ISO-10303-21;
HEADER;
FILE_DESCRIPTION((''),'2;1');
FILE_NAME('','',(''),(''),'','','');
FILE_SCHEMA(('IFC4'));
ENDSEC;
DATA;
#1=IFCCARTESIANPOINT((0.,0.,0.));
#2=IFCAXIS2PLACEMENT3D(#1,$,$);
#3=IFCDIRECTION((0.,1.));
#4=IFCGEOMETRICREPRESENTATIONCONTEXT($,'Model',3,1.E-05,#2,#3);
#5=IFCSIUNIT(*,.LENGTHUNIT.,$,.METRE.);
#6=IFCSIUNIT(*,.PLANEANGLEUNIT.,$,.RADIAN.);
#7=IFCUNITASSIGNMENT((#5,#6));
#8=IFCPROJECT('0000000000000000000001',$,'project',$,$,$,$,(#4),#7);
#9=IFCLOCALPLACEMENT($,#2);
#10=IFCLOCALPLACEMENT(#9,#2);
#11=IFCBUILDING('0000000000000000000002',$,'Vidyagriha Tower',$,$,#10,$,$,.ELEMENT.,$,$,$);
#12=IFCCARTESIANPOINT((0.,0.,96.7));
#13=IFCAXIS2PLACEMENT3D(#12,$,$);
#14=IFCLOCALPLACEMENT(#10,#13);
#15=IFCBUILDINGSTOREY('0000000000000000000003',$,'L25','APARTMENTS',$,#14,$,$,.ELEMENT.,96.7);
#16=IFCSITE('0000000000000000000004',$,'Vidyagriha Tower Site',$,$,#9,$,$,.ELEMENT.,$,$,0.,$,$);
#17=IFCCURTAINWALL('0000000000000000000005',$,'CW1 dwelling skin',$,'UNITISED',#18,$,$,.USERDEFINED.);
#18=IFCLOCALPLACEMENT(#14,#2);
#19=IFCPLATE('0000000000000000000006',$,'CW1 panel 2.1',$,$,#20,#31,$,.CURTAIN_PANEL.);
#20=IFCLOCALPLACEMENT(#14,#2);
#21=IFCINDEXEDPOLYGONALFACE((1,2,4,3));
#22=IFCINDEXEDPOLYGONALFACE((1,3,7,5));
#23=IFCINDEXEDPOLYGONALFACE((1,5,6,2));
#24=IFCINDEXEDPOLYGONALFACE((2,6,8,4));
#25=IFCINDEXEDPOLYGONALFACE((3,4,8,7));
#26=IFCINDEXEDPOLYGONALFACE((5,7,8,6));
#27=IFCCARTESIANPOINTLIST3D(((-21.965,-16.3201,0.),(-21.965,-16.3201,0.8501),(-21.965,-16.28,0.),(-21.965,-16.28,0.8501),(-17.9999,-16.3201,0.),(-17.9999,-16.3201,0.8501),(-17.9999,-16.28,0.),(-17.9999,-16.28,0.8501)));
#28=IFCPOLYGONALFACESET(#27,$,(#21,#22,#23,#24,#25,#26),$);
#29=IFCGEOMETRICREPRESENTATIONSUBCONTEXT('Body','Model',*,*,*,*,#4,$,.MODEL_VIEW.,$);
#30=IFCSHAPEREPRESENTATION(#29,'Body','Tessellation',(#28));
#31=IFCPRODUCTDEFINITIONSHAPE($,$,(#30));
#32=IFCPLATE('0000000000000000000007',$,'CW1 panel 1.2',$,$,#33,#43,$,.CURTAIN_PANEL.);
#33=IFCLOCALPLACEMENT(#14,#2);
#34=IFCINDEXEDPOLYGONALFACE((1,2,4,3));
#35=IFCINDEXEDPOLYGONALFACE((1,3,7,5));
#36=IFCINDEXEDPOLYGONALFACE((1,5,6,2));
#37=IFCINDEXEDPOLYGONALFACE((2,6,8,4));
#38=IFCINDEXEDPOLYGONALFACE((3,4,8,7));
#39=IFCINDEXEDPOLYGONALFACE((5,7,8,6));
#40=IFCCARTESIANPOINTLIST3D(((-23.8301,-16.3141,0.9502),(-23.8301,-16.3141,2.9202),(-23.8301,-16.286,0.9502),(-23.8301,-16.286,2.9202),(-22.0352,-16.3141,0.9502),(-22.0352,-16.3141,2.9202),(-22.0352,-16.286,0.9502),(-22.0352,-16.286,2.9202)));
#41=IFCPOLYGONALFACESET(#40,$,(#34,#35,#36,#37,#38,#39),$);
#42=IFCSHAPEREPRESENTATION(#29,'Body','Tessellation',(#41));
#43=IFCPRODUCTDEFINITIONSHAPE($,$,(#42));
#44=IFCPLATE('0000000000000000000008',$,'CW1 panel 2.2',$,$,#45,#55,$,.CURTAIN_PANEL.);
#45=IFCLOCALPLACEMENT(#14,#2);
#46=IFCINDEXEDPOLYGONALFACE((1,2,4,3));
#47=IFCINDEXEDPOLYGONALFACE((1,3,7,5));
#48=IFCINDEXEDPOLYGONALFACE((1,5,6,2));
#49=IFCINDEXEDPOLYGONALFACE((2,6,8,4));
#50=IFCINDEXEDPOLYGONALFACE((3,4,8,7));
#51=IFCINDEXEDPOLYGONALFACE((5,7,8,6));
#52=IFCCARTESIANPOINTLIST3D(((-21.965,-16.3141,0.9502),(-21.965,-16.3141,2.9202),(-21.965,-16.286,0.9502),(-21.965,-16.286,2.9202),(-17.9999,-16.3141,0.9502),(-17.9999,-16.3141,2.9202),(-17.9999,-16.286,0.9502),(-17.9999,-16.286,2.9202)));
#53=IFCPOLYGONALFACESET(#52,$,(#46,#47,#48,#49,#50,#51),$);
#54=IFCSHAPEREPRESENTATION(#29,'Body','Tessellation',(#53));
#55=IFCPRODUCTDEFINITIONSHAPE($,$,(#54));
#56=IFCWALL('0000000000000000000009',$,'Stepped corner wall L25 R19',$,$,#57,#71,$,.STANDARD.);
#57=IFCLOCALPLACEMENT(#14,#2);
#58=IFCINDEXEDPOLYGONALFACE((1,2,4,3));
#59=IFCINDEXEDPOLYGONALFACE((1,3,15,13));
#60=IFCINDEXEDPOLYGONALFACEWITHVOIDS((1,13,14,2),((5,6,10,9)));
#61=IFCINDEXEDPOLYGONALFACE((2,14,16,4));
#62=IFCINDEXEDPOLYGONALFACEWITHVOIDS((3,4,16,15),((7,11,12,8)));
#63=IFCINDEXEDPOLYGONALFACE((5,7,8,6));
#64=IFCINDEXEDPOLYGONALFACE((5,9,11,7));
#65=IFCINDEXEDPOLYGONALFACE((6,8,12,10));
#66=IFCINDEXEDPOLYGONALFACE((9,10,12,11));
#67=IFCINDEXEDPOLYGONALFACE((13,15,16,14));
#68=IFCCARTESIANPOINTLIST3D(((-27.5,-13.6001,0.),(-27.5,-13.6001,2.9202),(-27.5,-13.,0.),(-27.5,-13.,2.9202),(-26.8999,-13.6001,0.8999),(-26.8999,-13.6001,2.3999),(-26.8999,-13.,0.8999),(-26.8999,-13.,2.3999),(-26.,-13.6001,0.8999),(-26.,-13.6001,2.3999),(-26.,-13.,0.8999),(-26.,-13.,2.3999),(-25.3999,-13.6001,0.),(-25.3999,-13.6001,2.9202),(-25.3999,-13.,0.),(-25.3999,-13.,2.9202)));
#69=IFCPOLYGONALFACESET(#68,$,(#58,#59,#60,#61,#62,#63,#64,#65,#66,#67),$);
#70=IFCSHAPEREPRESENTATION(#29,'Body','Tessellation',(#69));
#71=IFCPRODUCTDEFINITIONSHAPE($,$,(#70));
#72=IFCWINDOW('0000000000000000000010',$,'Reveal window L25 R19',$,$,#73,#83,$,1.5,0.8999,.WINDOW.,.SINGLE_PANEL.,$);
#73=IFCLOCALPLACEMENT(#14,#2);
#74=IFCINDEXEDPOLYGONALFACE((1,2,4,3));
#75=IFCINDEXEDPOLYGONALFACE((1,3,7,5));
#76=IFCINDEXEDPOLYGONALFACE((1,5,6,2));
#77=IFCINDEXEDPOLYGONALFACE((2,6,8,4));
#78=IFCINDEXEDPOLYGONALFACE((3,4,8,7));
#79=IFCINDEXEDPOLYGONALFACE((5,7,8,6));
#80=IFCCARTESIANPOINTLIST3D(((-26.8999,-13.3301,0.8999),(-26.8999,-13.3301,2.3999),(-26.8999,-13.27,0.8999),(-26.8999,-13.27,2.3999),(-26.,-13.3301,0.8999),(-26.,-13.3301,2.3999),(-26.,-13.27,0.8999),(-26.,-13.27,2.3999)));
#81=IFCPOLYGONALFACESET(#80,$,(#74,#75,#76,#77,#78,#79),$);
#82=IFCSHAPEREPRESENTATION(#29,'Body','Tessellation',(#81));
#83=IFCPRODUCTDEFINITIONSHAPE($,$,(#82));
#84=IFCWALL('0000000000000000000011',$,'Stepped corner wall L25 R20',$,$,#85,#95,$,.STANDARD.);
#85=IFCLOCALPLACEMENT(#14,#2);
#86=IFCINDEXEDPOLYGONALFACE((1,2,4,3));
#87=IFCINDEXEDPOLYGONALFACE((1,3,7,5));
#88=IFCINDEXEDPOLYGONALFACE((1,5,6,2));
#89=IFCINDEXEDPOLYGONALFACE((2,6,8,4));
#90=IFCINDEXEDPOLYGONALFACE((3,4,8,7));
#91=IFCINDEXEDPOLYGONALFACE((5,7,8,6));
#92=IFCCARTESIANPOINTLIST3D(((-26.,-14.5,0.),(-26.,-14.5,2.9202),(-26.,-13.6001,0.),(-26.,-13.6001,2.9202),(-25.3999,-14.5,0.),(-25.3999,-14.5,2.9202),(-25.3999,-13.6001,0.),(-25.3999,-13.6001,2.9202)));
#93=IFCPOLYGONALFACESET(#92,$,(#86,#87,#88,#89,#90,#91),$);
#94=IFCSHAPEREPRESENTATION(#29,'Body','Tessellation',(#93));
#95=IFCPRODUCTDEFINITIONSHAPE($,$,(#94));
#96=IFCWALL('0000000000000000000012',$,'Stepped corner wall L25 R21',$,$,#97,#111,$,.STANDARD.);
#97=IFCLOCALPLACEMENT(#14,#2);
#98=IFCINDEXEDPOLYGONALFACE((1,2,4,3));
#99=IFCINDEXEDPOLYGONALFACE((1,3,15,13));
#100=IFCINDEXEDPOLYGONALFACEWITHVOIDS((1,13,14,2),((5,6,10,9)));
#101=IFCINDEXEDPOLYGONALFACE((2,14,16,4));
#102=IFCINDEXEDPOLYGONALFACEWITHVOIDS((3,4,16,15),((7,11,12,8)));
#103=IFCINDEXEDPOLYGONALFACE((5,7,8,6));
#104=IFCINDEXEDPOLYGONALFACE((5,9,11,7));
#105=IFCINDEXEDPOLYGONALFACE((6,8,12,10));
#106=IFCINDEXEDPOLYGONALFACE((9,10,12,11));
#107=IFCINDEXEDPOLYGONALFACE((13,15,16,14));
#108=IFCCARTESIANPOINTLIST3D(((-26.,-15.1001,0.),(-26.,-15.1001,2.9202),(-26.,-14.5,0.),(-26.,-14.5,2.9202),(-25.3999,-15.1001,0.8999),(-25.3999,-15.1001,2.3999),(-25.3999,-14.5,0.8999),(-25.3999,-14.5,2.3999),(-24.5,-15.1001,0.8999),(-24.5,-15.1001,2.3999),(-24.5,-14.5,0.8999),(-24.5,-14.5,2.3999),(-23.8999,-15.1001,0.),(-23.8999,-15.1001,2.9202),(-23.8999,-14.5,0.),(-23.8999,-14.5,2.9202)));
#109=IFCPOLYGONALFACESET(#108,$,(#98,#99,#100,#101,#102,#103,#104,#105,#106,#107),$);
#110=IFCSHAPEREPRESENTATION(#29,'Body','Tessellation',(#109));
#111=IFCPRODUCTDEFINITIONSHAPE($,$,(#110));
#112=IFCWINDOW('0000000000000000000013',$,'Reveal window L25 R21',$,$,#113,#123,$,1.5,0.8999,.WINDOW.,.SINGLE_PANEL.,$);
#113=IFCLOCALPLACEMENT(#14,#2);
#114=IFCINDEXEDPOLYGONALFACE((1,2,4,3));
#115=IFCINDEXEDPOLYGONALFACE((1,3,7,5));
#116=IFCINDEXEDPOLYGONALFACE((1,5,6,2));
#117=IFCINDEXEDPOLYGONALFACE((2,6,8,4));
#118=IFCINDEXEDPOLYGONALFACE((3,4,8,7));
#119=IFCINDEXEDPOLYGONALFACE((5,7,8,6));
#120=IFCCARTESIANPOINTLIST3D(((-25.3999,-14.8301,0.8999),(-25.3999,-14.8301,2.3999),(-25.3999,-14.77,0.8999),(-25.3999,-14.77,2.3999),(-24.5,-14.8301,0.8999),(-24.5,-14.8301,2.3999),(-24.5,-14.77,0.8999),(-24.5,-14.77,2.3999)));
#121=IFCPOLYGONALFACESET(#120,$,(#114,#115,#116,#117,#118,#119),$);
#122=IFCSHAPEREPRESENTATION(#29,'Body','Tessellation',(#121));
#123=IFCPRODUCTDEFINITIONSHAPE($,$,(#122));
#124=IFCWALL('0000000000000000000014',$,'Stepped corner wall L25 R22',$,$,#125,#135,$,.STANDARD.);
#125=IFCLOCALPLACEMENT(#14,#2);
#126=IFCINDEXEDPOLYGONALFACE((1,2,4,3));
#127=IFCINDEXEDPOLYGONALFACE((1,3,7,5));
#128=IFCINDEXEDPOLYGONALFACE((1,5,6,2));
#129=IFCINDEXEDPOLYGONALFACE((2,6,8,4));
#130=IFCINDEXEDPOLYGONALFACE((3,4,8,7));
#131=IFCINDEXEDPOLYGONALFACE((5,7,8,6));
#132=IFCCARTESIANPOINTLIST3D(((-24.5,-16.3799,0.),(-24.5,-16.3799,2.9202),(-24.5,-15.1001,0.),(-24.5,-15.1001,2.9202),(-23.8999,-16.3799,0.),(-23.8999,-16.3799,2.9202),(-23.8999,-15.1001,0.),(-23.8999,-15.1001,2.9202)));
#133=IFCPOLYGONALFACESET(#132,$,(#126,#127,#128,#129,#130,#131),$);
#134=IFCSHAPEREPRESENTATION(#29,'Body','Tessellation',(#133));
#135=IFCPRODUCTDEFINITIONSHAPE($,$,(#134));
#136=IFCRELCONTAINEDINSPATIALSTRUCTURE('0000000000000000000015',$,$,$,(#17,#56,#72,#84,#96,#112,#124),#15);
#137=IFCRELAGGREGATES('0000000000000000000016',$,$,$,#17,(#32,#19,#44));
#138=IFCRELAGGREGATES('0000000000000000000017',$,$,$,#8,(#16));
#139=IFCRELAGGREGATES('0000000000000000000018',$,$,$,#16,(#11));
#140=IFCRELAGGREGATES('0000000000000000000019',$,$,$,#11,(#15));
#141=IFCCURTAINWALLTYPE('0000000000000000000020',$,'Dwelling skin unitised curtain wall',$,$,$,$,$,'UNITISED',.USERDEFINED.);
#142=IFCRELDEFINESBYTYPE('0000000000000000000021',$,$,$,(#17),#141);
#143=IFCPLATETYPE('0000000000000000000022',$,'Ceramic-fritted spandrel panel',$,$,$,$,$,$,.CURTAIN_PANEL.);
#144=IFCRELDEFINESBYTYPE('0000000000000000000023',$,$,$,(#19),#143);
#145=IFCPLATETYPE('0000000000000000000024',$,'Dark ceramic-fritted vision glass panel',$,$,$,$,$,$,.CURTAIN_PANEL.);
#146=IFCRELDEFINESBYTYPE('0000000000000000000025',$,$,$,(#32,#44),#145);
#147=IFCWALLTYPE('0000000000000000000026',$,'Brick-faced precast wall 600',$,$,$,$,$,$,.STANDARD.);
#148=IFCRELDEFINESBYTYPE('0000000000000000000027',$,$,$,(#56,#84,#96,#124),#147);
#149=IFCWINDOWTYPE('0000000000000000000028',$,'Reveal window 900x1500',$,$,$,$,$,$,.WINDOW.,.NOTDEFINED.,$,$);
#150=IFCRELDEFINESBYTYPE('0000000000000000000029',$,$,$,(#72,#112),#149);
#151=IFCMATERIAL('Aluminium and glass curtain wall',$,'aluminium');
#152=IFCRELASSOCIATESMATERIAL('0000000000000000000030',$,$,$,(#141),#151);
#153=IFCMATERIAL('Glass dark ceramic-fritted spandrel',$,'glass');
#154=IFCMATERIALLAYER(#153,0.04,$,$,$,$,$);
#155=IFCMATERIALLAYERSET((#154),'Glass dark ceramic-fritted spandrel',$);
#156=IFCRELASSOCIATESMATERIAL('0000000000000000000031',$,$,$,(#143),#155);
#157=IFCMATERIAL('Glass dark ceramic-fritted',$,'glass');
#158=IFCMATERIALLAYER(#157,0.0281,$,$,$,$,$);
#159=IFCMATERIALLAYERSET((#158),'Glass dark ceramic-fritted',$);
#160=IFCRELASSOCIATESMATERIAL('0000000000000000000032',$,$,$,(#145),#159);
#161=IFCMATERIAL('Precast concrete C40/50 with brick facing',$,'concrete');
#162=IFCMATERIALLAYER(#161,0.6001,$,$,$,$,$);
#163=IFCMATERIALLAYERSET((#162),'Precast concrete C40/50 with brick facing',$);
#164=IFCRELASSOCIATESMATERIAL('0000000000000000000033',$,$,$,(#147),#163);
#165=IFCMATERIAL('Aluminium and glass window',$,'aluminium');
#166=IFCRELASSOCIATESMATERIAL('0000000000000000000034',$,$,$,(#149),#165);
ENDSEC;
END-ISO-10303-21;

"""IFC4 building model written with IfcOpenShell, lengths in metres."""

from ifc_helpers import new_model, si_unit, direction, frame, frame_2d, origin, origin_2d, place, context, subcontext, project, spatial, rectangle, extrude, material, layer, layer_set, type_object, element, fill, aggregate, save


model = new_model("IFC4")

# Units and contexts
model_context = context("Model", 3, precision=1e-05, world=origin(), true_north=direction((0.0, 1.0)))
body_context = subcontext(model_context, "Body", "Model", "MODEL_VIEW")
ifc_project = project(units=[si_unit("LENGTHUNIT", "METRE"), si_unit("PLANEANGLEUNIT", "RADIAN")], contexts=[model_context])

# Site, building, storey
site_placement = place(None, origin())
site = spatial("IfcSite", under=ifc_project, at=site_placement, Name="Vidyagriha Tower Site", CompositionType="ELEMENT", RefElevation=0.0)
building_placement = place(site_placement, origin())
building = spatial("IfcBuilding", under=site, at=building_placement, Name="Vidyagriha Tower", CompositionType="ELEMENT")
storey_placement = place(building_placement, frame((0.0, 0.0, 96.7)))
storey = spatial("IfcBuildingStorey", under=building, at=storey_placement, Name="L25", Description="APARTMENTS", CompositionType="ELEMENT", Elevation=96.7)

# Curtain wall, plates
ifc_material_1 = material(Name="Aluminium and glass curtain wall", Category="aluminium")
curtain_wall_type = type_object("IfcCurtainWallType", Name="Dwelling skin unitised curtain wall", ElementType="UNITISED", PredefinedType="USERDEFINED", material=ifc_material_1)
curtain_wall_placement = place(storey_placement, origin())
curtain_wall = element("IfcCurtainWall", 1, at=curtain_wall_placement, inside=storey, type_object=curtain_wall_type, Name="CW1 dwelling skin", ObjectType="UNITISED", PredefinedType="USERDEFINED")
ifc_material_2 = material(Name="Glass dark ceramic-fritted spandrel", Category="glass")
ifc_layer_1 = layer(ifc_material_2, 0.04)
ifc_layer_set_1 = layer_set([ifc_layer_1], Name="Glass dark ceramic-fritted spandrel")
plate_type_1 = type_object("IfcPlateType", Name="Ceramic-fritted spandrel panel", PredefinedType="CURTAIN_PANEL", material=ifc_layer_set_1)
plate_1_placement = place(storey_placement, frame((-19.9824, -16.3, 0.0)))
plate_1 = element("IfcPlate", 2, at=plate_1_placement, type_object=plate_type_1, Name="CW1 panel 2.1", PredefinedType="CURTAIN_PANEL", context=body_context, shape_type="SweptSolid", body=[
    extrude(rectangle(XDim=3.9651, YDim=0.04, at=origin_2d()), origin(), (0.0, 0.0, 1.0), 0.8501),
])
ifc_material_3 = material(Name="Glass dark ceramic-fritted", Category="glass")
ifc_layer_2 = layer(ifc_material_3, 0.0281)
ifc_layer_set_2 = layer_set([ifc_layer_2], Name="Glass dark ceramic-fritted")
plate_type_2 = type_object("IfcPlateType", Name="Dark ceramic-fritted vision glass panel", PredefinedType="CURTAIN_PANEL", material=ifc_layer_set_2)
plate_2_placement = place(storey_placement, frame((-22.9326, -16.3, 0.9502)))
plate_2 = element("IfcPlate", 3, at=plate_2_placement, type_object=plate_type_2, Name="CW1 panel 1.2", PredefinedType="CURTAIN_PANEL", context=body_context, shape_type="SweptSolid", body=[
    extrude(rectangle(XDim=1.7949, YDim=0.0281, at=origin_2d()), origin(), (0.0, 0.0, 1.0), 1.97),
])
plate_3_placement = place(storey_placement, frame((-19.9824, -16.3, 0.9502)))
plate_3 = element("IfcPlate", 4, at=plate_3_placement, type_object=plate_type_2, Name="CW1 panel 2.2", PredefinedType="CURTAIN_PANEL", context=body_context, shape_type="SweptSolid", body=[
    extrude(rectangle(XDim=3.9651, YDim=0.0281, at=origin_2d()), origin(), (0.0, 0.0, 1.0), 1.97),
])
aggregate(curtain_wall, [plate_2, plate_1, plate_3])

# Wall, opening, window
ifc_material_4 = material(Name="Precast concrete C40/50 with brick facing", Category="concrete")
ifc_layer_3 = layer(ifc_material_4, 0.6001)
ifc_layer_set_3 = layer_set([ifc_layer_3], Name="Precast concrete C40/50 with brick facing")
wall_type = type_object("IfcWallType", Name="Brick-faced precast wall 600", PredefinedType="STANDARD", material=ifc_layer_set_3)
wall_1_placement = place(storey_placement, frame((-27.5, -13.3, 0.0)))
wall_1 = element("IfcWall", 5, at=wall_1_placement, inside=storey, type_object=wall_type, Name="Stepped corner wall L25 R19", PredefinedType="STANDARD", context=body_context, shape_type="SweptSolid", body=[
    extrude(rectangle(XDim=2.1001, YDim=0.6001, at=frame_2d((1.05, 0.0))), origin(), (0.0, 0.0, 1.0), 2.9202),
])
opening_1_placement = place(wall_1_placement, frame((0.6001, 0.0, 0.8999)))
opening_1 = element("IfcOpeningElement", 6, at=opening_1_placement, cuts=wall_1, PredefinedType="OPENING", context=body_context, shape_type="SweptSolid", body=[
    extrude(rectangle(XDim=0.8999, YDim=1.5, at=frame_2d((0.45, 0.75))), frame((0.0, 0.3101, 0.0), z_axis=(0.0, -1.0, 0.0), x_axis=(1.0, 0.0, 0.0)), (0.0, 0.0, 1.0), 0.6201),
])
ifc_material_5 = material(Name="Aluminium and glass window", Category="aluminium")
window_type = type_object("IfcWindowType", Name="Reveal window 900x1500", PartitioningType="NOTDEFINED", PredefinedType="WINDOW", material=ifc_material_5)
window_1_placement = place(opening_1_placement, origin())
window_1 = element("IfcWindow", 7, at=window_1_placement, inside=storey, type_object=window_type, Name="Reveal window L25 R19", OverallHeight=1.5, OverallWidth=0.8999, PartitioningType="SINGLE_PANEL", PredefinedType="WINDOW", context=body_context, shape_type="SweptSolid", body=[
    extrude(rectangle(XDim=0.8999, YDim=1.5, at=frame_2d((0.45, 0.75))), frame((0.0, 0.03, 0.0), z_axis=(0.0, -1.0, 0.0), x_axis=(1.0, 0.0, 0.0)), (0.0, 0.0, 1.0), 0.0601),
])
fill(opening_1, window_1)

# Wall
wall_2_placement = place(storey_placement, frame((-25.7, -13.6001, 0.0), z_axis=(0.0, 0.0, 1.0), x_axis=(0.0, -1.0, 0.0)))
element("IfcWall", 8, at=wall_2_placement, inside=storey, type_object=wall_type, Name="Stepped corner wall L25 R20", PredefinedType="STANDARD", context=body_context, shape_type="SweptSolid", body=[
    extrude(rectangle(XDim=0.8999, YDim=0.6001, at=frame_2d((0.45, 0.0))), origin(), (0.0, 0.0, 1.0), 2.9202),
])

# Wall, opening, window
wall_3_placement = place(storey_placement, frame((-26.0, -14.8, 0.0)))
wall_3 = element("IfcWall", 9, at=wall_3_placement, inside=storey, type_object=wall_type, Name="Stepped corner wall L25 R21", PredefinedType="STANDARD", context=body_context, shape_type="SweptSolid", body=[
    extrude(rectangle(XDim=2.1001, YDim=0.6001, at=frame_2d((1.05, 0.0))), origin(), (0.0, 0.0, 1.0), 2.9202),
])
opening_2_placement = place(wall_3_placement, frame((0.6001, 0.0, 0.8999)))
opening_2 = element("IfcOpeningElement", 10, at=opening_2_placement, cuts=wall_3, PredefinedType="OPENING", context=body_context, shape_type="SweptSolid", body=[
    extrude(rectangle(XDim=0.8999, YDim=1.5, at=frame_2d((0.45, 0.75))), frame((0.0, 0.3101, 0.0), z_axis=(0.0, -1.0, 0.0), x_axis=(1.0, 0.0, 0.0)), (0.0, 0.0, 1.0), 0.6201),
])
window_2_placement = place(opening_2_placement, origin())
window_2 = element("IfcWindow", 11, at=window_2_placement, inside=storey, type_object=window_type, Name="Reveal window L25 R21", OverallHeight=1.5, OverallWidth=0.8999, PartitioningType="SINGLE_PANEL", PredefinedType="WINDOW", context=body_context, shape_type="SweptSolid", body=[
    extrude(rectangle(XDim=0.8999, YDim=1.5, at=frame_2d((0.45, 0.75))), frame((0.0, 0.03, 0.0), z_axis=(0.0, -1.0, 0.0), x_axis=(1.0, 0.0, 0.0)), (0.0, 0.0, 1.0), 0.0601),
])
fill(opening_2, window_2)

# Wall
wall_4_placement = place(storey_placement, frame((-24.2, -15.1001, 0.0), z_axis=(0.0, 0.0, 1.0), x_axis=(0.0, -1.0, 0.0)))
element("IfcWall", 12, at=wall_4_placement, inside=storey, type_object=wall_type, Name="Stepped corner wall L25 R22", PredefinedType="STANDARD", context=body_context, shape_type="SweptSolid", body=[
    extrude(rectangle(XDim=1.2798, YDim=0.6001, at=frame_2d((0.6399, 0.0))), origin(), (0.0, 0.0, 1.0), 2.9202),
])

save(model, "model.ifc")
